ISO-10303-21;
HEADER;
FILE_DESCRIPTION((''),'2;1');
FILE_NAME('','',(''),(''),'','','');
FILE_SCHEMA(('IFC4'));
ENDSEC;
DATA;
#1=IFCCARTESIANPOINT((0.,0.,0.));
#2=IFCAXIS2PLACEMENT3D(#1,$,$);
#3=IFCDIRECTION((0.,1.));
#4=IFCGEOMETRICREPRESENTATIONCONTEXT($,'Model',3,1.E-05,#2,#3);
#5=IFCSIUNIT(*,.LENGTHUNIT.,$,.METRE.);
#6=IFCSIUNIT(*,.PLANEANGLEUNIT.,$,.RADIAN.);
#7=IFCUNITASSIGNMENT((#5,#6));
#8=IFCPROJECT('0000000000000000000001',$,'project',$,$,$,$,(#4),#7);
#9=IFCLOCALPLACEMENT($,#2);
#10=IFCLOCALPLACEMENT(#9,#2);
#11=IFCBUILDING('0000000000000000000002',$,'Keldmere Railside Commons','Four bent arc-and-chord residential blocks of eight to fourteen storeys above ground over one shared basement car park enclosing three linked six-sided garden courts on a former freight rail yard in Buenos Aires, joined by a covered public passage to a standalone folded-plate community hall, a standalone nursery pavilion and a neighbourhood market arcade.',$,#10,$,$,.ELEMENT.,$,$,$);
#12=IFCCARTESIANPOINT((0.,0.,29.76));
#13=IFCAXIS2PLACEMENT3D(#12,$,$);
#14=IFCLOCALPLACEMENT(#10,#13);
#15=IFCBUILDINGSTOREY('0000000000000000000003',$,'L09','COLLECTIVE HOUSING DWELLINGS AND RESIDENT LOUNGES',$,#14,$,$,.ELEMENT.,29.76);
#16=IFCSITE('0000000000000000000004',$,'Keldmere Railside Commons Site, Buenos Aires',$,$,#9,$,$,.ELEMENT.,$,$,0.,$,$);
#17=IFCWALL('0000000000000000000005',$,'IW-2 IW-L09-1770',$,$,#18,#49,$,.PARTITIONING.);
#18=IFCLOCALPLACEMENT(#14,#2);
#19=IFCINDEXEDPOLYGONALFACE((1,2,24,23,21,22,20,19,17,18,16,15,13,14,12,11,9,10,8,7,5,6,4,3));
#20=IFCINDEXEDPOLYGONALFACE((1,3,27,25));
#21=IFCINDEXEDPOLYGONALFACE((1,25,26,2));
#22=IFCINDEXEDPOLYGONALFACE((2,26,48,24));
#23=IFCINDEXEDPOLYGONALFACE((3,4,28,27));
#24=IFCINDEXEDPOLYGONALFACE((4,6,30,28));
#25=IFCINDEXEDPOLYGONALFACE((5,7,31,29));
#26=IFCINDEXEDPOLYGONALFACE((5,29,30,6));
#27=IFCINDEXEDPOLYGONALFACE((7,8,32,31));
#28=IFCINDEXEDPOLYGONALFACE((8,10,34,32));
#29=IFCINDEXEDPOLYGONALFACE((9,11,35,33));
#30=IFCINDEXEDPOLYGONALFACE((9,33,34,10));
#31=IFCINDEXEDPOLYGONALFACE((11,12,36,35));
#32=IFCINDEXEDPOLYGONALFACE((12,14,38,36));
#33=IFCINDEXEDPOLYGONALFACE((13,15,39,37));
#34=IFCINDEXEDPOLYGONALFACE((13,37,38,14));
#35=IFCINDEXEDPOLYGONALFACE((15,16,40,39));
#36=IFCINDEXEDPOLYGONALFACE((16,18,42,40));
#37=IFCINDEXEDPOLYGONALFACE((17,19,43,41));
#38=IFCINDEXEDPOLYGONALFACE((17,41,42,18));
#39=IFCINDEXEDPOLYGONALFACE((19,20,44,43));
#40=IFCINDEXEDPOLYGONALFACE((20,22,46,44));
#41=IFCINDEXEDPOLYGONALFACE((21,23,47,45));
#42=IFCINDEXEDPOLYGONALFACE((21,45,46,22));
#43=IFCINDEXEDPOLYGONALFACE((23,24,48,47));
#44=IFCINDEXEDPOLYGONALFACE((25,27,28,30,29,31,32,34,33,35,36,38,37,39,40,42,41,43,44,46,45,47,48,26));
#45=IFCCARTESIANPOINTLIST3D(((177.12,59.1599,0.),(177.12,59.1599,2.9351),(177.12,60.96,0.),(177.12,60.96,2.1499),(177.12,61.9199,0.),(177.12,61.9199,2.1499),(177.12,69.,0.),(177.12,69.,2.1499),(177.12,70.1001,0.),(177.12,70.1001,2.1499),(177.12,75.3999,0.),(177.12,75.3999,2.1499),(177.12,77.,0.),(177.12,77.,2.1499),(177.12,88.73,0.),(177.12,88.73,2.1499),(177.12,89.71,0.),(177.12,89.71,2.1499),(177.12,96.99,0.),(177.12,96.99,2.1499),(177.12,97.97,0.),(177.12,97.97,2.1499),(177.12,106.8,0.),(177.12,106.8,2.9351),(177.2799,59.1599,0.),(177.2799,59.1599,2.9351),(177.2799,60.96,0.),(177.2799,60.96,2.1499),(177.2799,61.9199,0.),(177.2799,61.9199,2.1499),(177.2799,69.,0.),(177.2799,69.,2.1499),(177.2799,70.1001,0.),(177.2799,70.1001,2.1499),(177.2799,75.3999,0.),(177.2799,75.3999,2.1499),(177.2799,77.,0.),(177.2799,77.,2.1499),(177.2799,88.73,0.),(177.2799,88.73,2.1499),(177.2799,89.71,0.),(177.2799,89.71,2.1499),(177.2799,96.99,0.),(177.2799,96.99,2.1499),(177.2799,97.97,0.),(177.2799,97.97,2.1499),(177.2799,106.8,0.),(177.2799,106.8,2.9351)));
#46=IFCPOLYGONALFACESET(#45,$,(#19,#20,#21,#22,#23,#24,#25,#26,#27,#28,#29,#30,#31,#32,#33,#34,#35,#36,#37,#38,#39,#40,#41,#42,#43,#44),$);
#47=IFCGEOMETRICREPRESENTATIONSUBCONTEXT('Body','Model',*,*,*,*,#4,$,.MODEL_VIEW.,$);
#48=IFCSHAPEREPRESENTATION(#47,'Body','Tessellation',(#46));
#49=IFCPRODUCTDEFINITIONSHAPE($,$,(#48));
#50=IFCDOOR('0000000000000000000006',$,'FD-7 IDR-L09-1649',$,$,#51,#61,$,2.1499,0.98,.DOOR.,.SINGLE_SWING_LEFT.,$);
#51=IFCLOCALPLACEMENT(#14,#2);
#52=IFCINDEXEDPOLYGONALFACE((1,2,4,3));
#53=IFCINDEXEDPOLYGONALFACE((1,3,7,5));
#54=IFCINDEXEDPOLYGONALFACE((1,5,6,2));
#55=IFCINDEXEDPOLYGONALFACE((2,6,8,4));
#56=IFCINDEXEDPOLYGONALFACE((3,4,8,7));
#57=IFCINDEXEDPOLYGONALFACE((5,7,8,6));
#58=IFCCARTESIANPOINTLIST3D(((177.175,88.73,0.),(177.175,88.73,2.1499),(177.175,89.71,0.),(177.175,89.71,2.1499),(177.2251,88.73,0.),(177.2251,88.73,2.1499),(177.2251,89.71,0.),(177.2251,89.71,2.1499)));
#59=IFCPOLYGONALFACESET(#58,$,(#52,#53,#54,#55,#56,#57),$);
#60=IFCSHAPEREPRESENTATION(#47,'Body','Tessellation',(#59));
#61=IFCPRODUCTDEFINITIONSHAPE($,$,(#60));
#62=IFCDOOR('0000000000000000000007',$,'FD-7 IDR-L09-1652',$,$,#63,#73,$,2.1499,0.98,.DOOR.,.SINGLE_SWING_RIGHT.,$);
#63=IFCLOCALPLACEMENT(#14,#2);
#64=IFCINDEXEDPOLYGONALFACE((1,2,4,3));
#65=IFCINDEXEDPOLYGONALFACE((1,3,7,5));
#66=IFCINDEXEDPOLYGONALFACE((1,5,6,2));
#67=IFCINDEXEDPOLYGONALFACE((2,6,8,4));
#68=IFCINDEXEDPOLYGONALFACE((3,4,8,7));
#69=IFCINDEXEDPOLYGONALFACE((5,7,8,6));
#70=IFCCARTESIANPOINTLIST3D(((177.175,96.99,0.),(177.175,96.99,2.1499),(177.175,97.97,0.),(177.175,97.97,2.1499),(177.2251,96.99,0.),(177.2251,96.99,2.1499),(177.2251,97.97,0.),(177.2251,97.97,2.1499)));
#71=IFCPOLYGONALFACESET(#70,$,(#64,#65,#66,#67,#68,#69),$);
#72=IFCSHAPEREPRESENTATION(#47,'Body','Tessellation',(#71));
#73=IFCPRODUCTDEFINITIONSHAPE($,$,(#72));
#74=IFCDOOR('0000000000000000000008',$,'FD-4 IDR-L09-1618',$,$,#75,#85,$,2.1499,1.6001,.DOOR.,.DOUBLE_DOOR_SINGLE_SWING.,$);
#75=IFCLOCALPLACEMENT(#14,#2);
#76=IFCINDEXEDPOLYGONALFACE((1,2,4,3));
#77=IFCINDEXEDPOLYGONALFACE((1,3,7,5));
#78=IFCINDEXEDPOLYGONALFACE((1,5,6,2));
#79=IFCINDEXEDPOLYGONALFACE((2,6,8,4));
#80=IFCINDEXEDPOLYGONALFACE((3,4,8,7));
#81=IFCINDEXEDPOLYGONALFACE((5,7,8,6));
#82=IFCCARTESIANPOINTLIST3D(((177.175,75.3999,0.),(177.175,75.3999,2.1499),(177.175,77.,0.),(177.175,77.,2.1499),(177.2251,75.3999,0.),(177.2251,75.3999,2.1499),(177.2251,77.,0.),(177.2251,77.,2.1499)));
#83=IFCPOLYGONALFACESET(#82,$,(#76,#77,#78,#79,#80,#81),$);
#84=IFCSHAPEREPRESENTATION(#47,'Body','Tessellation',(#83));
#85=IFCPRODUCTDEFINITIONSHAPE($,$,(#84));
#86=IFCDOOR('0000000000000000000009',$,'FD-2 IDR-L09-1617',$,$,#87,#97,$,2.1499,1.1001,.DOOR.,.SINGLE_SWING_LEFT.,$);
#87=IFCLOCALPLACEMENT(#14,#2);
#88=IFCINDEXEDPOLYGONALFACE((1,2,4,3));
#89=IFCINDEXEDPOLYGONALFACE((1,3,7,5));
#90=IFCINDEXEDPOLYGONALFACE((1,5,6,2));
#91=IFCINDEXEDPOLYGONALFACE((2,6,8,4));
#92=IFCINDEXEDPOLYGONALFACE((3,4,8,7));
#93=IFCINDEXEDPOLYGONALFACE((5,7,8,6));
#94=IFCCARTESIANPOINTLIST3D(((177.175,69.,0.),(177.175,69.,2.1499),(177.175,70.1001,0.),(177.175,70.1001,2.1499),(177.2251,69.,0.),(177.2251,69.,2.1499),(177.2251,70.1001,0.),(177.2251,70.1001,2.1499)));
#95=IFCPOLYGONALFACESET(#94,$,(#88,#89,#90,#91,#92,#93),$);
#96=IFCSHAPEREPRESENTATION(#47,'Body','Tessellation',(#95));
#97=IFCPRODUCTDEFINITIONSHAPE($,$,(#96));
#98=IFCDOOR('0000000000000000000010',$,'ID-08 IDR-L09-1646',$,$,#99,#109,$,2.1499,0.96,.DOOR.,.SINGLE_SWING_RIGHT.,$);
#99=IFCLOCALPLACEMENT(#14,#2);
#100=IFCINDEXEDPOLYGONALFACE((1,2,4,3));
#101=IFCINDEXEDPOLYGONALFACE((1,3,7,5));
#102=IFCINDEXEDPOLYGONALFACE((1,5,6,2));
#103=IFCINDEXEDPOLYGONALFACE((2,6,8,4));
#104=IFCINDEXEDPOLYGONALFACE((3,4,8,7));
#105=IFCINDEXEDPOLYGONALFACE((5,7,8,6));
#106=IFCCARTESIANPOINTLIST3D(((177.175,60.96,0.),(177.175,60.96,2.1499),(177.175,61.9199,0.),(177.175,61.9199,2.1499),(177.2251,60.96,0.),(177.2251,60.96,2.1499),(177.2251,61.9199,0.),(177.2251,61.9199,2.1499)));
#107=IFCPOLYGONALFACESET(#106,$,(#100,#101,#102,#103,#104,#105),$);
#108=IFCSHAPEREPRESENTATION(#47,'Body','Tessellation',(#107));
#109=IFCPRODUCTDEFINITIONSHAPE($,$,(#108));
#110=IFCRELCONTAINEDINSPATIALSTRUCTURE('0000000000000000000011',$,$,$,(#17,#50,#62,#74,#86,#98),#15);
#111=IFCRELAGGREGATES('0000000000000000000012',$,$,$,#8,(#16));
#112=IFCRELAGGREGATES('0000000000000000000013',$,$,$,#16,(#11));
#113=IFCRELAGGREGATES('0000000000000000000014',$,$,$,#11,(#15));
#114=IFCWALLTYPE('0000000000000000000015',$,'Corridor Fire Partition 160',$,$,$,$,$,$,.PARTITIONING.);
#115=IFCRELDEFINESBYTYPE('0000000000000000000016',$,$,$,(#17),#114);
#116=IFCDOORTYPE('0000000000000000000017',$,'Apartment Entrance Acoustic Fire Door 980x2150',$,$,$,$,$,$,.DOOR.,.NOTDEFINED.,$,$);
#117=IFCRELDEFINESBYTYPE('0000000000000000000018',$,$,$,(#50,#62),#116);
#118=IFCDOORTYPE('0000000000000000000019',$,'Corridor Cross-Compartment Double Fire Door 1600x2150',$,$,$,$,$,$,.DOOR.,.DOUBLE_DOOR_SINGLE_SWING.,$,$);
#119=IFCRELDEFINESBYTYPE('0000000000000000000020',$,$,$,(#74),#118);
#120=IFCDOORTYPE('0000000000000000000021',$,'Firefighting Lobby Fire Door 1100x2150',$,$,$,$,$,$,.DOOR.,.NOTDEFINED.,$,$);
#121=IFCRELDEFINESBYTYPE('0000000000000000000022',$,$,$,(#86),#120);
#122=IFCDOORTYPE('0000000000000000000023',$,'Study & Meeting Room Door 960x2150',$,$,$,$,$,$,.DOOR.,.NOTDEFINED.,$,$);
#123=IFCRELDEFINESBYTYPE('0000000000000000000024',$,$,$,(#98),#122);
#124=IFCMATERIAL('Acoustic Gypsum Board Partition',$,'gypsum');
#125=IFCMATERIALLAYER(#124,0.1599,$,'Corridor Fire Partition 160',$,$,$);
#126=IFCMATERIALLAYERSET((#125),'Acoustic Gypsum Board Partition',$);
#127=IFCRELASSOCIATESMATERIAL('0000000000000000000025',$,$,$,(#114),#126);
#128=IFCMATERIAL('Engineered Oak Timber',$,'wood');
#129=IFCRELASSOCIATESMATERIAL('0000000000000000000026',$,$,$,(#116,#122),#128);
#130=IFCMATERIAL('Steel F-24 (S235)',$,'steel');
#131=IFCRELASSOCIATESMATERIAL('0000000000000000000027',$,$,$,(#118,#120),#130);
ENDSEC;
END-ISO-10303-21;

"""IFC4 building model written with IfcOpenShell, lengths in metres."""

from ifc_helpers import new_model, si_unit, direction, frame, frame_2d, origin, place, context, subcontext, project, spatial, rectangle, extrude, material, layer, layer_set, type_object, element, fill, save


model = new_model("IFC4")

# Units and contexts
model_context = context("Model", 3, precision=1e-05, world=origin(), true_north=direction((0.0, 1.0)))
body_context = subcontext(model_context, "Body", "Model", "MODEL_VIEW")
ifc_project = project(units=[si_unit("LENGTHUNIT", "METRE"), si_unit("PLANEANGLEUNIT", "RADIAN")], contexts=[model_context])

# Site, building, storey
site_placement = place(None, origin())
site = spatial("IfcSite", under=ifc_project, at=site_placement, Name="Keldmere Railside Commons Site, Buenos Aires", CompositionType="ELEMENT", RefElevation=0.0)
building_placement = place(site_placement, origin())
building = spatial("IfcBuilding", under=site, at=building_placement, Name="Keldmere Railside Commons", Description="Four bent arc-and-chord residential blocks of eight to fourteen storeys above ground over one shared basement car park enclosing three linked six-sided garden courts on a former freight rail yard in Buenos Aires, joined by a covered public passage to a standalone folded-plate community hall, a standalone nursery pavilion and a neighbourhood market arcade.", CompositionType="ELEMENT")
storey_placement = place(building_placement, frame((0.0, 0.0, 29.76)))
storey = spatial("IfcBuildingStorey", under=building, at=storey_placement, Name="L09", Description="COLLECTIVE HOUSING DWELLINGS AND RESIDENT LOUNGES", CompositionType="ELEMENT", Elevation=29.76)

# Wall, openings, doors
ifc_material_1 = material(Name="Acoustic Gypsum Board Partition", Category="gypsum")
ifc_layer = layer(ifc_material_1, 0.1599, Name="Corridor Fire Partition 160")
ifc_layer_set = layer_set([ifc_layer], Name="Acoustic Gypsum Board Partition")
wall_type = type_object("IfcWallType", Name="Corridor Fire Partition 160", PredefinedType="PARTITIONING", material=ifc_layer_set)
ifc_material_2 = material(Name="Engineered Oak Timber", Category="wood")
door_type_1 = type_object("IfcDoorType", Name="Apartment Entrance Acoustic Fire Door 980x2150", OperationType="NOTDEFINED", PredefinedType="DOOR", material=ifc_material_2)
wall_1_placement = place(storey_placement, frame((177.2, 59.1599, 0.0), z_axis=(0.0, 0.0, 1.0), x_axis=(0.0, 1.0, 0.0)))
wall_1 = element("IfcWall", 1, at=wall_1_placement, inside=storey, type_object=wall_type, Name="IW-2 IW-L09-1770", PredefinedType="PARTITIONING", context=body_context, shape_type="SweptSolid", body=[
    extrude(rectangle(XDim=47.6401, YDim=0.1599, at=frame_2d((23.8201, 0.0))), origin(), (0.0, 0.0, 1.0), 2.9351),
])
opening_1_placement = place(wall_1_placement, frame((9.8401, 0.0, 0.0)))
opening_1 = element("IfcOpeningElement", 2, at=opening_1_placement, cuts=wall_1, PredefinedType="OPENING", context=body_context, shape_type="SweptSolid", body=[
    extrude(rectangle(XDim=1.1001, YDim=2.1499, at=frame_2d((0.55, 1.075))), frame((0.0, 0.0898, 0.0), z_axis=(0.0, -1.0, 0.0), x_axis=(1.0, 0.0, 0.0)), (0.0, 0.0, 1.0), 0.1799),
])
opening_2_placement = place(wall_1_placement, frame((16.24, 0.0, 0.0)))
opening_2 = element("IfcOpeningElement", 3, at=opening_2_placement, cuts=wall_1, PredefinedType="OPENING", context=body_context, shape_type="SweptSolid", body=[
    extrude(rectangle(XDim=1.6001, YDim=2.1499, at=frame_2d((0.8, 1.075))), frame((0.0, 0.0898, 0.0), z_axis=(0.0, -1.0, 0.0), x_axis=(1.0, 0.0, 0.0)), (0.0, 0.0, 1.0), 0.1799),
])
opening_3_placement = place(wall_1_placement, frame((1.8, 0.0, 0.0)))
opening_3 = element("IfcOpeningElement", 4, at=opening_3_placement, cuts=wall_1, PredefinedType="OPENING", context=body_context, shape_type="SweptSolid", body=[
    extrude(rectangle(XDim=0.96, YDim=2.1499, at=frame_2d((0.48, 1.075))), frame((0.0, 0.0898, 0.0), z_axis=(0.0, -1.0, 0.0), x_axis=(1.0, 0.0, 0.0)), (0.0, 0.0, 1.0), 0.1799),
])
opening_4_placement = place(wall_1_placement, frame((29.5701, 0.0, 0.0)))
opening_4 = element("IfcOpeningElement", 5, at=opening_4_placement, cuts=wall_1, PredefinedType="OPENING", context=body_context, shape_type="SweptSolid", body=[
    extrude(rectangle(XDim=0.98, YDim=2.1499, at=frame_2d((0.49, 1.075))), frame((0.0, 0.0898, 0.0), z_axis=(0.0, -1.0, 0.0), x_axis=(1.0, 0.0, 0.0)), (0.0, 0.0, 1.0), 0.1799),
])
opening_5_placement = place(wall_1_placement, frame((37.8301, 0.0, 0.0)))
opening_5 = element("IfcOpeningElement", 6, at=opening_5_placement, cuts=wall_1, PredefinedType="OPENING", context=body_context, shape_type="SweptSolid", body=[
    extrude(rectangle(XDim=0.98, YDim=2.1499, at=frame_2d((0.49, 1.075))), frame((0.0, 0.0898, 0.0), z_axis=(0.0, -1.0, 0.0), x_axis=(1.0, 0.0, 0.0)), (0.0, 0.0, 1.0), 0.1799),
])
door_1_placement = place(opening_4_placement, origin())
door_1 = element("IfcDoor", 7, at=door_1_placement, inside=storey, type_object=door_type_1, Name="FD-7 IDR-L09-1649", OperationType="SINGLE_SWING_LEFT", OverallHeight=2.1499, OverallWidth=0.98, PredefinedType="DOOR", context=body_context, shape_type="SweptSolid", body=[
    extrude(rectangle(XDim=0.98, YDim=2.1499, at=frame_2d((0.49, 1.075))), frame((0.0, 0.0249, 0.0), z_axis=(0.0, -1.0, 0.0), x_axis=(1.0, 0.0, 0.0)), (0.0, 0.0, 1.0), 0.05),
])
fill(opening_4, door_1)
door_2_placement = place(opening_5_placement, origin())
door_2 = element("IfcDoor", 8, at=door_2_placement, inside=storey, type_object=door_type_1, Name="FD-7 IDR-L09-1652", OperationType="SINGLE_SWING_RIGHT", OverallHeight=2.1499, OverallWidth=0.98, PredefinedType="DOOR", context=body_context, shape_type="SweptSolid", body=[
    extrude(rectangle(XDim=0.98, YDim=2.1499, at=frame_2d((0.49, 1.075))), frame((0.0, 0.0249, 0.0), z_axis=(0.0, -1.0, 0.0), x_axis=(1.0, 0.0, 0.0)), (0.0, 0.0, 1.0), 0.05),
])
fill(opening_5, door_2)
ifc_material_3 = material(Name="Steel F-24 (S235)", Category="steel")
door_type_2 = type_object("IfcDoorType", Name="Corridor Cross-Compartment Double Fire Door 1600x2150", OperationType="DOUBLE_DOOR_SINGLE_SWING", PredefinedType="DOOR", material=ifc_material_3)
door_3_placement = place(opening_2_placement, origin())
door_3 = element("IfcDoor", 9, at=door_3_placement, inside=storey, type_object=door_type_2, Name="FD-4 IDR-L09-1618", OperationType="DOUBLE_DOOR_SINGLE_SWING", OverallHeight=2.1499, OverallWidth=1.6001, PredefinedType="DOOR", context=body_context, shape_type="SweptSolid", body=[
    extrude(rectangle(XDim=1.6001, YDim=2.1499, at=frame_2d((0.8, 1.075))), frame((0.0, 0.0249, 0.0), z_axis=(0.0, -1.0, 0.0), x_axis=(1.0, 0.0, 0.0)), (0.0, 0.0, 1.0), 0.05),
])
fill(opening_2, door_3)
door_type_3 = type_object("IfcDoorType", Name="Firefighting Lobby Fire Door 1100x2150", OperationType="NOTDEFINED", PredefinedType="DOOR", material=ifc_material_3)
door_4_placement = place(opening_1_placement, origin())
door_4 = element("IfcDoor", 10, at=door_4_placement, inside=storey, type_object=door_type_3, Name="FD-2 IDR-L09-1617", OperationType="SINGLE_SWING_LEFT", OverallHeight=2.1499, OverallWidth=1.1001, PredefinedType="DOOR", context=body_context, shape_type="SweptSolid", body=[
    extrude(rectangle(XDim=1.1001, YDim=2.1499, at=frame_2d((0.55, 1.075))), frame((0.0, 0.0249, 0.0), z_axis=(0.0, -1.0, 0.0), x_axis=(1.0, 0.0, 0.0)), (0.0, 0.0, 1.0), 0.05),
])
fill(opening_1, door_4)
door_type_4 = type_object("IfcDoorType", Name="Study & Meeting Room Door 960x2150", OperationType="NOTDEFINED", PredefinedType="DOOR", material=ifc_material_2)
door_5_placement = place(opening_3_placement, origin())
door_5 = element("IfcDoor", 11, at=door_5_placement, inside=storey, type_object=door_type_4, Name="ID-08 IDR-L09-1646", OperationType="SINGLE_SWING_RIGHT", OverallHeight=2.1499, OverallWidth=0.96, PredefinedType="DOOR", context=body_context, shape_type="SweptSolid", body=[
    extrude(rectangle(XDim=0.96, YDim=2.1499, at=frame_2d((0.48, 1.075))), frame((0.0, 0.0249, 0.0), z_axis=(0.0, -1.0, 0.0), x_axis=(1.0, 0.0, 0.0)), (0.0, 0.0, 1.0), 0.05),
])
fill(opening_3, door_5)

save(model, "model.ifc")
